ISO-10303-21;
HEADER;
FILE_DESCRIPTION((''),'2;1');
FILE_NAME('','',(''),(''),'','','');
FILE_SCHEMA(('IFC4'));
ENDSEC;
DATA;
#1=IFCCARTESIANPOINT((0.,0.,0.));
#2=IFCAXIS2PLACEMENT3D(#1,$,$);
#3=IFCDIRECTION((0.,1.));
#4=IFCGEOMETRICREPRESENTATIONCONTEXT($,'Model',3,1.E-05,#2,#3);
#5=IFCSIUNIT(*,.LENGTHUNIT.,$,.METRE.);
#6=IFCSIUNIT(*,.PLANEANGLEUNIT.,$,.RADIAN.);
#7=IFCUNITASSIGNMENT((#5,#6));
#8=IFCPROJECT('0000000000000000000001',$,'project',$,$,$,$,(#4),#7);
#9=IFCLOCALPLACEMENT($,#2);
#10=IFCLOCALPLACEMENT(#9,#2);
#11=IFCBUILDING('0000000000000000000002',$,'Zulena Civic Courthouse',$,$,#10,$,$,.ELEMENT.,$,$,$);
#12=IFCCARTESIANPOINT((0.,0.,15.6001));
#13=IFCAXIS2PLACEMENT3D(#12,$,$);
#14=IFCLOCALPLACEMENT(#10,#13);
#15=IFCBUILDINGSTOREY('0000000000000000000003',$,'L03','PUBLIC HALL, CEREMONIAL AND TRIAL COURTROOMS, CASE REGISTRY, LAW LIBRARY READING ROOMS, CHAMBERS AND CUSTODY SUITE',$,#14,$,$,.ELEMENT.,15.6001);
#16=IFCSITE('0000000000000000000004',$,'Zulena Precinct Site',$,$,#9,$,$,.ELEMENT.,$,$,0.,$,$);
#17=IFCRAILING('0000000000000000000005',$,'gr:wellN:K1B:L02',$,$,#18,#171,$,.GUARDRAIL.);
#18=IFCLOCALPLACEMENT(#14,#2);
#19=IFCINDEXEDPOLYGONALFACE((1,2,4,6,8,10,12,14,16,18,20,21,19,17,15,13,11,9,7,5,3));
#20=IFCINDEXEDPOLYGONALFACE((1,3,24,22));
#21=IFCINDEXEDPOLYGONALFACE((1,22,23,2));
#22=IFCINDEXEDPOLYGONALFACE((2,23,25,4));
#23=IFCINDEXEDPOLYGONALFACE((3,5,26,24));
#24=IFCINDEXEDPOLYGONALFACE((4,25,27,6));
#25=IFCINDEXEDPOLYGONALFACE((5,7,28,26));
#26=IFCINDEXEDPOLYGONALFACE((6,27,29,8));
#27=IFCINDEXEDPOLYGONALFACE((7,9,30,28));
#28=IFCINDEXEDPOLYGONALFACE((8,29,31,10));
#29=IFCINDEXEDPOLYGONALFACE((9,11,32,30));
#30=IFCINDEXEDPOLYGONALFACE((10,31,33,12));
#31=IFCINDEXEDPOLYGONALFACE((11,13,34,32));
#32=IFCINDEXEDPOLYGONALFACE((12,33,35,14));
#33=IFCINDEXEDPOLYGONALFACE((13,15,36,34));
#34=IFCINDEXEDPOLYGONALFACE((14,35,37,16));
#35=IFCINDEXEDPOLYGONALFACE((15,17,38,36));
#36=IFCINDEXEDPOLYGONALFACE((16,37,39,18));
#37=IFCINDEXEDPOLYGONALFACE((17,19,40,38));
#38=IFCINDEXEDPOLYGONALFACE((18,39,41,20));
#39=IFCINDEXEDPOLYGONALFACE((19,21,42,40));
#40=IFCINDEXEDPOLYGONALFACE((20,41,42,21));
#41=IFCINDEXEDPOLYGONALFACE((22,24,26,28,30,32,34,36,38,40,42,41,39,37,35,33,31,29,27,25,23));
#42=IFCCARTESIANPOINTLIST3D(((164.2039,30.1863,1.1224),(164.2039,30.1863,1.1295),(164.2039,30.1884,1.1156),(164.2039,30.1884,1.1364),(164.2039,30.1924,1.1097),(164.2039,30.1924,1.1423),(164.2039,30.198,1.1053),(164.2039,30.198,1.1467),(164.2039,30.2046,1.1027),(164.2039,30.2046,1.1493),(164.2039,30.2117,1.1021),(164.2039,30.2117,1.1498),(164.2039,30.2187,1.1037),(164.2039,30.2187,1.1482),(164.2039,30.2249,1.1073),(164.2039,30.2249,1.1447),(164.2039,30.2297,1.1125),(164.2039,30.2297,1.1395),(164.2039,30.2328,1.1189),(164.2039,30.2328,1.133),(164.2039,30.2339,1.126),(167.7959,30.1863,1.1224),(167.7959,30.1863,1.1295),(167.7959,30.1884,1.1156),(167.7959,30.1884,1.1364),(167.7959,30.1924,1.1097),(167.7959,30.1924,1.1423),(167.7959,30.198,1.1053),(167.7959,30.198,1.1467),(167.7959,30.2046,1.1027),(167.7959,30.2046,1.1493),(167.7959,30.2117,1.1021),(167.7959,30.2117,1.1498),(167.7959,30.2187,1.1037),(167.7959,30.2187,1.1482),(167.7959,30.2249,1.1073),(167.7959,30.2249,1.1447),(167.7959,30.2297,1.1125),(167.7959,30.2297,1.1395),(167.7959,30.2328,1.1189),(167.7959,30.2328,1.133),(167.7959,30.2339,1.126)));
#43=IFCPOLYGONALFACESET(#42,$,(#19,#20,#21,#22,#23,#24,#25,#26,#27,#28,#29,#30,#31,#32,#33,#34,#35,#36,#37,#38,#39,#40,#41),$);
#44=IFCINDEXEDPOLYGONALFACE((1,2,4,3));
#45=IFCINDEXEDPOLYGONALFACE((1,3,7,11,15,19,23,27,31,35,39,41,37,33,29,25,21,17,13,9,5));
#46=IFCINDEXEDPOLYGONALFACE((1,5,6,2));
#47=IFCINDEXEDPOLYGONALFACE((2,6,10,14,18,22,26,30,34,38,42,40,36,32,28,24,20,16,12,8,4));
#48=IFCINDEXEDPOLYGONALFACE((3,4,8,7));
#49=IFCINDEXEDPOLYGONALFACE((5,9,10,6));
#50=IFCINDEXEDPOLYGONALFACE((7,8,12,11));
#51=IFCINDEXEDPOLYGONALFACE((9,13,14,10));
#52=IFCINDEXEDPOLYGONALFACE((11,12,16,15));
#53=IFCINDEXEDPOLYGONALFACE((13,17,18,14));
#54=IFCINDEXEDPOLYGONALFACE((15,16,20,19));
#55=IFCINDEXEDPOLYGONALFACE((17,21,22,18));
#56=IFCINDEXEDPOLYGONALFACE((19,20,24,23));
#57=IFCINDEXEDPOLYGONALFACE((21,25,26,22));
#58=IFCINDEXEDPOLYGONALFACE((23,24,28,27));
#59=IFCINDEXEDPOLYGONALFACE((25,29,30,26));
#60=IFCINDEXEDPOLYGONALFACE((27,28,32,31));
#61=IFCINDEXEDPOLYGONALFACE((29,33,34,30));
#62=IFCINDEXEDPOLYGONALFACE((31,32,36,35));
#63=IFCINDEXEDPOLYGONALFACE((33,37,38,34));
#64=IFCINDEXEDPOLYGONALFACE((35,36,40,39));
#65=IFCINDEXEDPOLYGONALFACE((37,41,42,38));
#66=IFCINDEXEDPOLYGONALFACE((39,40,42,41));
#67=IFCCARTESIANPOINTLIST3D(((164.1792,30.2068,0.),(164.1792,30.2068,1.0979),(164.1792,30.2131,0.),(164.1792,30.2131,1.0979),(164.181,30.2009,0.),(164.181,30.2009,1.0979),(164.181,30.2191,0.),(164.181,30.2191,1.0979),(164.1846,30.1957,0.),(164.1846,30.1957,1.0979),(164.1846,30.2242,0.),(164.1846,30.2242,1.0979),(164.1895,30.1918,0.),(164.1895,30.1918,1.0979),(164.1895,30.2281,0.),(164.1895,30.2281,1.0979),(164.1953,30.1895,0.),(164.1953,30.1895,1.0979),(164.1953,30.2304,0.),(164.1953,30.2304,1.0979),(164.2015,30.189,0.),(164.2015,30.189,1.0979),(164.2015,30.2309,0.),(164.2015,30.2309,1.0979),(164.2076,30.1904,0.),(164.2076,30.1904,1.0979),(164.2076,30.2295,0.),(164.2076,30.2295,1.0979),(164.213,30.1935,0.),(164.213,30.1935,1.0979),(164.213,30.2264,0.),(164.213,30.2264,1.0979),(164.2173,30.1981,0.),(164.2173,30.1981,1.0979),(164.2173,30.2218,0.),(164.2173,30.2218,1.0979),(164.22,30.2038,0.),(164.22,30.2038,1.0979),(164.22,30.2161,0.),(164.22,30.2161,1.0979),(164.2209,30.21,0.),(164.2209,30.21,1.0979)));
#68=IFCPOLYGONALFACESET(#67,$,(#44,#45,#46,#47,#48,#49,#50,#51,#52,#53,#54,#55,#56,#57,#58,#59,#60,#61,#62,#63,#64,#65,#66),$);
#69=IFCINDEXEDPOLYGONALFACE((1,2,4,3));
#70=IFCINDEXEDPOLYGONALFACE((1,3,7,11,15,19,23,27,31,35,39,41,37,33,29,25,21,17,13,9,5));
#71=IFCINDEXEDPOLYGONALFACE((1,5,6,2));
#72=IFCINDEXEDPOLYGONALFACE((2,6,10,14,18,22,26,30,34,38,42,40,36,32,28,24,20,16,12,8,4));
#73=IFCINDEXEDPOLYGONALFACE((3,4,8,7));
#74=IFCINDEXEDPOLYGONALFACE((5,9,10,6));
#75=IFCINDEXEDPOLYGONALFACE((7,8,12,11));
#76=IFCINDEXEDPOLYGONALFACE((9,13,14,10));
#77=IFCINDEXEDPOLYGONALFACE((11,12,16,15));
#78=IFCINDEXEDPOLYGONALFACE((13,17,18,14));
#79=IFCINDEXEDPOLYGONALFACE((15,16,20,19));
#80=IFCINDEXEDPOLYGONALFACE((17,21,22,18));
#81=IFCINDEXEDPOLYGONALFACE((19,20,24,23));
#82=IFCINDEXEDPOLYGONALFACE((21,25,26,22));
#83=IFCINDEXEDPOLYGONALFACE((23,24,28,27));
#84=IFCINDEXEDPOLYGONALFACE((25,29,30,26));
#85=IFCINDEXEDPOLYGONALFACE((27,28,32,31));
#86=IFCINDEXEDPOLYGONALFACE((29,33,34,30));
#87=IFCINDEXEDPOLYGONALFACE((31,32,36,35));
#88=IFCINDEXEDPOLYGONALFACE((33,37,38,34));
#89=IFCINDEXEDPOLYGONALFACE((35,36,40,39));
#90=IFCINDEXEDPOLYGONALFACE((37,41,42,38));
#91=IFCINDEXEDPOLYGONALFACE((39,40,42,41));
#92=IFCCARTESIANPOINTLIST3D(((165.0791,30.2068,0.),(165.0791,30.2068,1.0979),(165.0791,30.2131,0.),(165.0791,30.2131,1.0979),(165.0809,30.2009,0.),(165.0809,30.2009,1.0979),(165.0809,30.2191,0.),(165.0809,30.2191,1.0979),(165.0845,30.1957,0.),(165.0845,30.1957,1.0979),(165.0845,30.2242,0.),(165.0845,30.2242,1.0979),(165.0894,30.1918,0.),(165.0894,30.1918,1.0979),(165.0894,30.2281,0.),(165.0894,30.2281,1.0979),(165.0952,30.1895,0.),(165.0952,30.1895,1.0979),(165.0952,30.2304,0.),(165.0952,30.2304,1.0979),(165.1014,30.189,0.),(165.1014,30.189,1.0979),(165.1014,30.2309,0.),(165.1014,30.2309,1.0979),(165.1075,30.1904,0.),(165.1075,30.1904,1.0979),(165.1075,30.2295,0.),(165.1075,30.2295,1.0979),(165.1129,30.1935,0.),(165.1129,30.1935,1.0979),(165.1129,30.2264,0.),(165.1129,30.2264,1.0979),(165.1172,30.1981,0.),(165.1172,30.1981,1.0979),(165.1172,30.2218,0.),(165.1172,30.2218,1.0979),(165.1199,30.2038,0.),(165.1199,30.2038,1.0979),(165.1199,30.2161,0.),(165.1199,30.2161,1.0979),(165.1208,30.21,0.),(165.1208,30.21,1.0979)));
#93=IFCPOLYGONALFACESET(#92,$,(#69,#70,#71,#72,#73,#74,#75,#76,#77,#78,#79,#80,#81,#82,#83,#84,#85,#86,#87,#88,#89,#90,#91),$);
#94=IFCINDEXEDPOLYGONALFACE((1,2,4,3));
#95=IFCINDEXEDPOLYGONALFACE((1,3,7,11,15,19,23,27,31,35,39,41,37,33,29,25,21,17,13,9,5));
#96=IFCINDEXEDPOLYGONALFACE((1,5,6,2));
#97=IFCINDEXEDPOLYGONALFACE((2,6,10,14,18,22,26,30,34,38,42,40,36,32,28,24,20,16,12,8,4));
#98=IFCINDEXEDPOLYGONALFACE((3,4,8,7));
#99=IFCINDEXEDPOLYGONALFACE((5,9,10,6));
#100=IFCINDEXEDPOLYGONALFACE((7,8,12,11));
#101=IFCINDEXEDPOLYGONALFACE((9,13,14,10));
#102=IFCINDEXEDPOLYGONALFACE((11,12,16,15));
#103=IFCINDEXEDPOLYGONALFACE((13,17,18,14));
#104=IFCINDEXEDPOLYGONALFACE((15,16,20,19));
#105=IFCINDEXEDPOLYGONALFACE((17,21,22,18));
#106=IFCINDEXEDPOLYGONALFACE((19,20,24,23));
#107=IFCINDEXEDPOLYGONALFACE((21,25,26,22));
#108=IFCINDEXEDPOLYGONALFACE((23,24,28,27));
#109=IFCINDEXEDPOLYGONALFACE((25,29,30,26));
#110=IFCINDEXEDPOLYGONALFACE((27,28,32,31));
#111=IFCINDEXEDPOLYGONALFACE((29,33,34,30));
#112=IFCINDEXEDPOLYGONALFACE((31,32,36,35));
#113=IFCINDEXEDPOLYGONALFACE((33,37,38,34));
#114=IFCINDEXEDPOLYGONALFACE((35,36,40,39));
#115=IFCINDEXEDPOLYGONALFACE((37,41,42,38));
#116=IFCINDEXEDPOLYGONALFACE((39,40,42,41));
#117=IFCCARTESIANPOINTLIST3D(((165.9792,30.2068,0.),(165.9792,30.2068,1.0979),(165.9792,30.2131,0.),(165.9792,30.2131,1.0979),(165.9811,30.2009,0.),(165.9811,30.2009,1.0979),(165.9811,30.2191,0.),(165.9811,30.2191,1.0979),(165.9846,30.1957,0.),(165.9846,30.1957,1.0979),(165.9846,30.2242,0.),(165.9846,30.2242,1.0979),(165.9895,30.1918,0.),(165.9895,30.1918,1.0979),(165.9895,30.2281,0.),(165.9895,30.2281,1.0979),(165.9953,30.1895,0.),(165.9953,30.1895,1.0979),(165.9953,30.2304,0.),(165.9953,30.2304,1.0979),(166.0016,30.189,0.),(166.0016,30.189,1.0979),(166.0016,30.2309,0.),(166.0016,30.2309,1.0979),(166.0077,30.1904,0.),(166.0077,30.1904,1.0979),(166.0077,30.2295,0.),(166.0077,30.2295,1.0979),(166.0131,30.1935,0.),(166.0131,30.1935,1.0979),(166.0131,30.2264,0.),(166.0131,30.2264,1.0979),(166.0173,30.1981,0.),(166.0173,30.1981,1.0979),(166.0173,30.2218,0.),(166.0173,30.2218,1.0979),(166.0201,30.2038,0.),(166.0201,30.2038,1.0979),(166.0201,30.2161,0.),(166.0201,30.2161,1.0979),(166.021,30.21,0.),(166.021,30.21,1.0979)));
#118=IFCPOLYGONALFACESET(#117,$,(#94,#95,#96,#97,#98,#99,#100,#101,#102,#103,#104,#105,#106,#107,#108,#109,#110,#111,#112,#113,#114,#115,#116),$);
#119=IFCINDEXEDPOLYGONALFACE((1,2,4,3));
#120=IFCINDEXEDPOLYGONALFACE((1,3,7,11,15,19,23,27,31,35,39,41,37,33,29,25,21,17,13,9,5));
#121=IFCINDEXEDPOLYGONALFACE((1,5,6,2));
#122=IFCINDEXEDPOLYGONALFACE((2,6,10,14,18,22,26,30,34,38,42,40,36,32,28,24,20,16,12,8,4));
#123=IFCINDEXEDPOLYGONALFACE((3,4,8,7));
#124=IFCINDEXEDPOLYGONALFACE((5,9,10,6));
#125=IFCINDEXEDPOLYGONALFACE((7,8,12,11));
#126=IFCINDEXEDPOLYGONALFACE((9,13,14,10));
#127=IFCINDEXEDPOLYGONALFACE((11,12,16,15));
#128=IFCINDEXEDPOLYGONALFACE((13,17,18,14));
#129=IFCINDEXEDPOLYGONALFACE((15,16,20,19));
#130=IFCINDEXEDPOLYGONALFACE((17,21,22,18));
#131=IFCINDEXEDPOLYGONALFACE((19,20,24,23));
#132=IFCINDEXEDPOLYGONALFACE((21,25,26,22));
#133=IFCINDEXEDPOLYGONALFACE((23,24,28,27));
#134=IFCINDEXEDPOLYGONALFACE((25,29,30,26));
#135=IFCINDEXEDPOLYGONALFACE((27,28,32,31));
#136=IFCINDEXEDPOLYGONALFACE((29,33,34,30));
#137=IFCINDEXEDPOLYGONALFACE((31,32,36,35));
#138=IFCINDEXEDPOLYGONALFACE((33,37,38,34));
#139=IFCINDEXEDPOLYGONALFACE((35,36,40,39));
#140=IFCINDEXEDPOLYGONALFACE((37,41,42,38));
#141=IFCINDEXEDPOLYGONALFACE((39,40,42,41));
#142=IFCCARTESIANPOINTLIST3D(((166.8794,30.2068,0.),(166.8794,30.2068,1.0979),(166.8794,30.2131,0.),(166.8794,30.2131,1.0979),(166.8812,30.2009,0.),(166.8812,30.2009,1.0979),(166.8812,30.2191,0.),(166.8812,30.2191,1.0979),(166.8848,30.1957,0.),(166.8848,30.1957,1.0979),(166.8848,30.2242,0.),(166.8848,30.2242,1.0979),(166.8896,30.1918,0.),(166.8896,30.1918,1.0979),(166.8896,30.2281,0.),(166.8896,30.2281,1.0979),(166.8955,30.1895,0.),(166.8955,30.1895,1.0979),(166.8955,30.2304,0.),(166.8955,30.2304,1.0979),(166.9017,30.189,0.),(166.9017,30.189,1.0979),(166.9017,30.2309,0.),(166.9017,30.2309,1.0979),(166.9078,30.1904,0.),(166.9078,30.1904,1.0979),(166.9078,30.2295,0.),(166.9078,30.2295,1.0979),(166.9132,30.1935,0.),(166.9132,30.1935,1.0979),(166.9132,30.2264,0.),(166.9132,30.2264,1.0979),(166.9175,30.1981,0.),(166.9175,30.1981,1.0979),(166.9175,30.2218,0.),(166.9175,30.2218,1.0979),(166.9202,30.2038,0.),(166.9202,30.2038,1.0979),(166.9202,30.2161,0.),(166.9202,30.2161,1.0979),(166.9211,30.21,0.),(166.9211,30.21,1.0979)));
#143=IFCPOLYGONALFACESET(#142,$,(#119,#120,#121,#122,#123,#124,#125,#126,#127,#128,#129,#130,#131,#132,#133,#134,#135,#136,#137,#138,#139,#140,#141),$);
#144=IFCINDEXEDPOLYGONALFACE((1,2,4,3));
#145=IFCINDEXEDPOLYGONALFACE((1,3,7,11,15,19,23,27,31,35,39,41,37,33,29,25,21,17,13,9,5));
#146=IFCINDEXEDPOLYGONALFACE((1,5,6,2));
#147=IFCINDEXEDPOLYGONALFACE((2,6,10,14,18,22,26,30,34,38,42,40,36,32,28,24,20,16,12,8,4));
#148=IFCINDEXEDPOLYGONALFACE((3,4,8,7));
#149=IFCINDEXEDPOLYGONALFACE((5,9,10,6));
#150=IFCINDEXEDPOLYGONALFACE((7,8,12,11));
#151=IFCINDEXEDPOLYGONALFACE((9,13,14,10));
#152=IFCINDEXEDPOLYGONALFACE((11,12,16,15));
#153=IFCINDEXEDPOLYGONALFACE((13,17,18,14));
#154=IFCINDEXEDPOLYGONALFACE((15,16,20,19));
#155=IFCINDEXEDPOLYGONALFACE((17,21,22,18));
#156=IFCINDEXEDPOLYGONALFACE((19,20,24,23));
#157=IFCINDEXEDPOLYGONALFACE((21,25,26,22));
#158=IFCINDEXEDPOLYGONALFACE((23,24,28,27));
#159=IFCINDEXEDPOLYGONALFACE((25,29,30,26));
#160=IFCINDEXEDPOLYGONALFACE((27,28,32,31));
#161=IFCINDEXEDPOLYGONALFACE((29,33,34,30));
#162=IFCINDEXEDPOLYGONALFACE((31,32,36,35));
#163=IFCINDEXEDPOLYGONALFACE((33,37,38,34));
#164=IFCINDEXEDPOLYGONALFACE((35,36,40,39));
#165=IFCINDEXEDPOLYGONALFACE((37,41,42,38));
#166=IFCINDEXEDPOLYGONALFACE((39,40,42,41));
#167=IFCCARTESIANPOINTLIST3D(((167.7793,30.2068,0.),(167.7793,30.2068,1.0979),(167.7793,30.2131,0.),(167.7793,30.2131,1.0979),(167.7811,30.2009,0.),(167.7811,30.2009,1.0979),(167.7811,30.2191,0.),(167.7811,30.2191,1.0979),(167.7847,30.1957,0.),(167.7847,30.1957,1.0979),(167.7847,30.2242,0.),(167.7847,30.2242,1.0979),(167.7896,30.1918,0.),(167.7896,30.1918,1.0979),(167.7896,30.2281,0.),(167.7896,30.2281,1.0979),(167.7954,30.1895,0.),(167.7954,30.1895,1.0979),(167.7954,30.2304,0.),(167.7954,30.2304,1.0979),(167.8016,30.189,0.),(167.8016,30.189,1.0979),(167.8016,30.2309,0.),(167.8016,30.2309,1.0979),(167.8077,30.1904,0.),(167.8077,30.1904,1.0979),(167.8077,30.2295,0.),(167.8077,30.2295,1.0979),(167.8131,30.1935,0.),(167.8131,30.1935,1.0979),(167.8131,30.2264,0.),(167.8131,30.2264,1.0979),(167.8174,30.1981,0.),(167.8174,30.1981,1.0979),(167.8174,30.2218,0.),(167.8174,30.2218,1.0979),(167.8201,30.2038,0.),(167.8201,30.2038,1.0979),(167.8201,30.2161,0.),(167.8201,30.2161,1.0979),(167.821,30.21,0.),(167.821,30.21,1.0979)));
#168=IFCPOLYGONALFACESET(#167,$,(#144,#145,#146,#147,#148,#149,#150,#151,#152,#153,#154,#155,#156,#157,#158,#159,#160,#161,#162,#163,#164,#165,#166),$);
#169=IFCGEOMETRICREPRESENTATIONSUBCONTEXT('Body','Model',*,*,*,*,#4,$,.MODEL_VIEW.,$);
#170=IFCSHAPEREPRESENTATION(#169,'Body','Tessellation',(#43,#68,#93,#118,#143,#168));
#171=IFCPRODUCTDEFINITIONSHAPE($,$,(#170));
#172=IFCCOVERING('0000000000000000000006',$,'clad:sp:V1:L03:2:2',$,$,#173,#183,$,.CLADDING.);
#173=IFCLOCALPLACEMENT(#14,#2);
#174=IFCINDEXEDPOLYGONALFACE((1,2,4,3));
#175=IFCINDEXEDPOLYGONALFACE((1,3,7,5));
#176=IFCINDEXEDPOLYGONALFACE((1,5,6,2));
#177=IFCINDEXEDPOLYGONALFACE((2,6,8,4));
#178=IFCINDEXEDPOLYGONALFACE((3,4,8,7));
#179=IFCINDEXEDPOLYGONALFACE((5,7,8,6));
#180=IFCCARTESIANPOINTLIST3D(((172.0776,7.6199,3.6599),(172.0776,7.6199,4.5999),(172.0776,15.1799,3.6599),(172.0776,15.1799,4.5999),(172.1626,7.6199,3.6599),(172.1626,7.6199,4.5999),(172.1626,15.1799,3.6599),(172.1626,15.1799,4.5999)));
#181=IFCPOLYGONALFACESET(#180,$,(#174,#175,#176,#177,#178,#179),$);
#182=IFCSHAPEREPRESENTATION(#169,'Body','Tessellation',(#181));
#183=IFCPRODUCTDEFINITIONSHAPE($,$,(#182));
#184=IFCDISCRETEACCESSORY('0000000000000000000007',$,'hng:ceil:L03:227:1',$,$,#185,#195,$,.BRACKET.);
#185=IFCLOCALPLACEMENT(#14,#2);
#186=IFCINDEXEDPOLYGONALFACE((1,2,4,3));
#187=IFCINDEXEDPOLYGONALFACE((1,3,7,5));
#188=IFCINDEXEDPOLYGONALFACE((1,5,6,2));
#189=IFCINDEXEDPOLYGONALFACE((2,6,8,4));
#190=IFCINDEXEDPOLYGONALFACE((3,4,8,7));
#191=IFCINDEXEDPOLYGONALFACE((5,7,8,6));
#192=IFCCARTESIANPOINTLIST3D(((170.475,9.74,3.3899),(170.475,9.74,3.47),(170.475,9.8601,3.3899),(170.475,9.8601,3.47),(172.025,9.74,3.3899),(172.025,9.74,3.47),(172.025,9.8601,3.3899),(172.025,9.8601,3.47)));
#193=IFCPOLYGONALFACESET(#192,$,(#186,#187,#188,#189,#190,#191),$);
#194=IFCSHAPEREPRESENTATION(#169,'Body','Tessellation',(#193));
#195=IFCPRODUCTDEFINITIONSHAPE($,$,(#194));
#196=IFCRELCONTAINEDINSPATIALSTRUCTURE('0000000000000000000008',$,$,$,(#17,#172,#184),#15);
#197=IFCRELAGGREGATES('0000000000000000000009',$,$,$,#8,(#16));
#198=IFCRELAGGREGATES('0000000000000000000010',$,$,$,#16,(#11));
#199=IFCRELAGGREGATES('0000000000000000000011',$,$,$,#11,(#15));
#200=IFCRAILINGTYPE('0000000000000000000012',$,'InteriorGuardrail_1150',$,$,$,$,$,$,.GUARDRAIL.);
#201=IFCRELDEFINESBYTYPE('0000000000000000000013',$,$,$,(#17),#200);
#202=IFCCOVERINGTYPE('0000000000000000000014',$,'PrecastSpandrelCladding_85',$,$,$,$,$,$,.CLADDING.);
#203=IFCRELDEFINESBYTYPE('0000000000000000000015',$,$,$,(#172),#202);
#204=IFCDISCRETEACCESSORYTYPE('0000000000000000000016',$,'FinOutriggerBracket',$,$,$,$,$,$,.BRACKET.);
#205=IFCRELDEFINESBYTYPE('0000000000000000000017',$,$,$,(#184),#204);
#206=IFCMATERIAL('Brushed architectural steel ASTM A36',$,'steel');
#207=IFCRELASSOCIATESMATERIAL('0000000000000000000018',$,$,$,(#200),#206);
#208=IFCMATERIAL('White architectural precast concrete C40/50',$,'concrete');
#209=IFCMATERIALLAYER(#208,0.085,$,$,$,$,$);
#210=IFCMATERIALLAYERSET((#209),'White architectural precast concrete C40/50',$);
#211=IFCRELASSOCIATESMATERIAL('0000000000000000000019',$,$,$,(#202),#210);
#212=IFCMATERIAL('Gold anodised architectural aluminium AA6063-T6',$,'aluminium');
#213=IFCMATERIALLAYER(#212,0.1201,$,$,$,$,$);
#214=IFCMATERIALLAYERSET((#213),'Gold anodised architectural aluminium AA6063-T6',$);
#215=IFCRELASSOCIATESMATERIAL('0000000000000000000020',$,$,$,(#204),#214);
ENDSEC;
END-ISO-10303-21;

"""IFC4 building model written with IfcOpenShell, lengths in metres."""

from ifc_helpers import new_model, si_unit, direction, frame, origin, origin_2d, place, context, subcontext, project, spatial, rectangle, circle, extrude, material, layer, layer_set, type_object, element, save


model = new_model("IFC4")

# Units and contexts
model_context = context("Model", 3, precision=1e-05, world=origin(), true_north=direction((0.0, 1.0)))
body_context = subcontext(model_context, "Body", "Model", "MODEL_VIEW")
ifc_project = project(units=[si_unit("LENGTHUNIT", "METRE"), si_unit("PLANEANGLEUNIT", "RADIAN")], contexts=[model_context])

# Site, building, storey
site_placement = place(None, origin())
site = spatial("IfcSite", under=ifc_project, at=site_placement, Name="Zulena Precinct Site", CompositionType="ELEMENT", RefElevation=0.0)
building_placement = place(site_placement, origin())
building = spatial("IfcBuilding", under=site, at=building_placement, Name="Zulena Civic Courthouse", CompositionType="ELEMENT")
storey_placement = place(building_placement, frame((0.0, 0.0, 15.6001)))
storey = spatial("IfcBuildingStorey", under=building, at=storey_placement, Name="L03", Description="PUBLIC HALL, CEREMONIAL AND TRIAL COURTROOMS, CASE REGISTRY, LAW LIBRARY READING ROOMS, CHAMBERS AND CUSTODY SUITE", CompositionType="ELEMENT", Elevation=15.6001)

# Railing
ifc_material_1 = material(Name="Brushed architectural steel ASTM A36", Category="steel")
railing_type = type_object("IfcRailingType", Name="InteriorGuardrail_1150", PredefinedType="GUARDRAIL", material=ifc_material_1)
railing_1_placement = place(storey_placement, frame((164.2, 30.21, 0.0)))
element("IfcRailing", 1, at=railing_1_placement, inside=storey, type_object=railing_type, Name="gr:wellN:K1B:L02", PredefinedType="GUARDRAIL", context=body_context, shape_type="SweptSolid", body=[
    extrude(circle(Radius=0.0239, at=origin_2d()), frame((0.0039, 0.0, 1.126), z_axis=(1.0, 0.0, 0.0), x_axis=(0.0, 1.0, 0.0)), (0.0, 0.0, 1.0), 3.592),
    extrude(circle(Radius=0.021, at=origin_2d()), origin(), (0.0, 0.0, 1.0), 1.0979),
    extrude(circle(Radius=0.021, at=origin_2d()), frame((0.8999, 0.0, 0.0)), (0.0, 0.0, 1.0), 1.0979),
    extrude(circle(Radius=0.021, at=origin_2d()), frame((1.8, 0.0, 0.0)), (0.0, 0.0, 1.0), 1.0979),
    extrude(circle(Radius=0.021, at=origin_2d()), frame((2.7002, 0.0, 0.0)), (0.0, 0.0, 1.0), 1.0979),
    extrude(circle(Radius=0.021, at=origin_2d()), frame((3.6001, 0.0, 0.0)), (0.0, 0.0, 1.0), 1.0979),
])

# Covering
ifc_material_2 = material(Name="White architectural precast concrete C40/50", Category="concrete")
ifc_layer_1 = layer(ifc_material_2, 0.085)
ifc_layer_set_1 = layer_set([ifc_layer_1], Name="White architectural precast concrete C40/50")
covering_type = type_object("IfcCoveringType", Name="PrecastSpandrelCladding_85", PredefinedType="CLADDING", material=ifc_layer_set_1)
covering_placement = place(storey_placement, frame((172.1201, 11.3999, 3.6599), z_axis=(0.0, 0.0, 1.0), x_axis=(0.0, -1.0, 0.0)))
element("IfcCovering", 2, at=covering_placement, inside=storey, type_object=covering_type, Name="clad:sp:V1:L03:2:2", PredefinedType="CLADDING", context=body_context, shape_type="SweptSolid", body=[
    extrude(rectangle(XDim=7.5601, YDim=0.085, at=origin_2d()), origin(), (0.0, 0.0, 1.0), 0.9399),
])

# Discrete accessory
ifc_material_3 = material(Name="Gold anodised architectural aluminium AA6063-T6", Category="aluminium")
ifc_layer_2 = layer(ifc_material_3, 0.1201)
ifc_layer_set_2 = layer_set([ifc_layer_2], Name="Gold anodised architectural aluminium AA6063-T6")
discrete_accessory_type = type_object("IfcDiscreteAccessoryType", Name="FinOutriggerBracket", PredefinedType="BRACKET", material=ifc_layer_set_2)
discrete_accessory_placement = place(storey_placement, frame((171.25, 9.8, 3.3899), z_axis=(0.0, 0.0, 1.0), x_axis=(1.0, 0.0, 0.0)))
element("IfcDiscreteAccessory", 3, at=discrete_accessory_placement, inside=storey, type_object=discrete_accessory_type, Name="hng:ceil:L03:227:1", PredefinedType="BRACKET", context=body_context, shape_type="SweptSolid", body=[
    extrude(rectangle(XDim=1.55, YDim=0.1201, at=origin_2d()), origin(), (0.0, 0.0, 1.0), 0.0801),
])

save(model, "model.ifc")
